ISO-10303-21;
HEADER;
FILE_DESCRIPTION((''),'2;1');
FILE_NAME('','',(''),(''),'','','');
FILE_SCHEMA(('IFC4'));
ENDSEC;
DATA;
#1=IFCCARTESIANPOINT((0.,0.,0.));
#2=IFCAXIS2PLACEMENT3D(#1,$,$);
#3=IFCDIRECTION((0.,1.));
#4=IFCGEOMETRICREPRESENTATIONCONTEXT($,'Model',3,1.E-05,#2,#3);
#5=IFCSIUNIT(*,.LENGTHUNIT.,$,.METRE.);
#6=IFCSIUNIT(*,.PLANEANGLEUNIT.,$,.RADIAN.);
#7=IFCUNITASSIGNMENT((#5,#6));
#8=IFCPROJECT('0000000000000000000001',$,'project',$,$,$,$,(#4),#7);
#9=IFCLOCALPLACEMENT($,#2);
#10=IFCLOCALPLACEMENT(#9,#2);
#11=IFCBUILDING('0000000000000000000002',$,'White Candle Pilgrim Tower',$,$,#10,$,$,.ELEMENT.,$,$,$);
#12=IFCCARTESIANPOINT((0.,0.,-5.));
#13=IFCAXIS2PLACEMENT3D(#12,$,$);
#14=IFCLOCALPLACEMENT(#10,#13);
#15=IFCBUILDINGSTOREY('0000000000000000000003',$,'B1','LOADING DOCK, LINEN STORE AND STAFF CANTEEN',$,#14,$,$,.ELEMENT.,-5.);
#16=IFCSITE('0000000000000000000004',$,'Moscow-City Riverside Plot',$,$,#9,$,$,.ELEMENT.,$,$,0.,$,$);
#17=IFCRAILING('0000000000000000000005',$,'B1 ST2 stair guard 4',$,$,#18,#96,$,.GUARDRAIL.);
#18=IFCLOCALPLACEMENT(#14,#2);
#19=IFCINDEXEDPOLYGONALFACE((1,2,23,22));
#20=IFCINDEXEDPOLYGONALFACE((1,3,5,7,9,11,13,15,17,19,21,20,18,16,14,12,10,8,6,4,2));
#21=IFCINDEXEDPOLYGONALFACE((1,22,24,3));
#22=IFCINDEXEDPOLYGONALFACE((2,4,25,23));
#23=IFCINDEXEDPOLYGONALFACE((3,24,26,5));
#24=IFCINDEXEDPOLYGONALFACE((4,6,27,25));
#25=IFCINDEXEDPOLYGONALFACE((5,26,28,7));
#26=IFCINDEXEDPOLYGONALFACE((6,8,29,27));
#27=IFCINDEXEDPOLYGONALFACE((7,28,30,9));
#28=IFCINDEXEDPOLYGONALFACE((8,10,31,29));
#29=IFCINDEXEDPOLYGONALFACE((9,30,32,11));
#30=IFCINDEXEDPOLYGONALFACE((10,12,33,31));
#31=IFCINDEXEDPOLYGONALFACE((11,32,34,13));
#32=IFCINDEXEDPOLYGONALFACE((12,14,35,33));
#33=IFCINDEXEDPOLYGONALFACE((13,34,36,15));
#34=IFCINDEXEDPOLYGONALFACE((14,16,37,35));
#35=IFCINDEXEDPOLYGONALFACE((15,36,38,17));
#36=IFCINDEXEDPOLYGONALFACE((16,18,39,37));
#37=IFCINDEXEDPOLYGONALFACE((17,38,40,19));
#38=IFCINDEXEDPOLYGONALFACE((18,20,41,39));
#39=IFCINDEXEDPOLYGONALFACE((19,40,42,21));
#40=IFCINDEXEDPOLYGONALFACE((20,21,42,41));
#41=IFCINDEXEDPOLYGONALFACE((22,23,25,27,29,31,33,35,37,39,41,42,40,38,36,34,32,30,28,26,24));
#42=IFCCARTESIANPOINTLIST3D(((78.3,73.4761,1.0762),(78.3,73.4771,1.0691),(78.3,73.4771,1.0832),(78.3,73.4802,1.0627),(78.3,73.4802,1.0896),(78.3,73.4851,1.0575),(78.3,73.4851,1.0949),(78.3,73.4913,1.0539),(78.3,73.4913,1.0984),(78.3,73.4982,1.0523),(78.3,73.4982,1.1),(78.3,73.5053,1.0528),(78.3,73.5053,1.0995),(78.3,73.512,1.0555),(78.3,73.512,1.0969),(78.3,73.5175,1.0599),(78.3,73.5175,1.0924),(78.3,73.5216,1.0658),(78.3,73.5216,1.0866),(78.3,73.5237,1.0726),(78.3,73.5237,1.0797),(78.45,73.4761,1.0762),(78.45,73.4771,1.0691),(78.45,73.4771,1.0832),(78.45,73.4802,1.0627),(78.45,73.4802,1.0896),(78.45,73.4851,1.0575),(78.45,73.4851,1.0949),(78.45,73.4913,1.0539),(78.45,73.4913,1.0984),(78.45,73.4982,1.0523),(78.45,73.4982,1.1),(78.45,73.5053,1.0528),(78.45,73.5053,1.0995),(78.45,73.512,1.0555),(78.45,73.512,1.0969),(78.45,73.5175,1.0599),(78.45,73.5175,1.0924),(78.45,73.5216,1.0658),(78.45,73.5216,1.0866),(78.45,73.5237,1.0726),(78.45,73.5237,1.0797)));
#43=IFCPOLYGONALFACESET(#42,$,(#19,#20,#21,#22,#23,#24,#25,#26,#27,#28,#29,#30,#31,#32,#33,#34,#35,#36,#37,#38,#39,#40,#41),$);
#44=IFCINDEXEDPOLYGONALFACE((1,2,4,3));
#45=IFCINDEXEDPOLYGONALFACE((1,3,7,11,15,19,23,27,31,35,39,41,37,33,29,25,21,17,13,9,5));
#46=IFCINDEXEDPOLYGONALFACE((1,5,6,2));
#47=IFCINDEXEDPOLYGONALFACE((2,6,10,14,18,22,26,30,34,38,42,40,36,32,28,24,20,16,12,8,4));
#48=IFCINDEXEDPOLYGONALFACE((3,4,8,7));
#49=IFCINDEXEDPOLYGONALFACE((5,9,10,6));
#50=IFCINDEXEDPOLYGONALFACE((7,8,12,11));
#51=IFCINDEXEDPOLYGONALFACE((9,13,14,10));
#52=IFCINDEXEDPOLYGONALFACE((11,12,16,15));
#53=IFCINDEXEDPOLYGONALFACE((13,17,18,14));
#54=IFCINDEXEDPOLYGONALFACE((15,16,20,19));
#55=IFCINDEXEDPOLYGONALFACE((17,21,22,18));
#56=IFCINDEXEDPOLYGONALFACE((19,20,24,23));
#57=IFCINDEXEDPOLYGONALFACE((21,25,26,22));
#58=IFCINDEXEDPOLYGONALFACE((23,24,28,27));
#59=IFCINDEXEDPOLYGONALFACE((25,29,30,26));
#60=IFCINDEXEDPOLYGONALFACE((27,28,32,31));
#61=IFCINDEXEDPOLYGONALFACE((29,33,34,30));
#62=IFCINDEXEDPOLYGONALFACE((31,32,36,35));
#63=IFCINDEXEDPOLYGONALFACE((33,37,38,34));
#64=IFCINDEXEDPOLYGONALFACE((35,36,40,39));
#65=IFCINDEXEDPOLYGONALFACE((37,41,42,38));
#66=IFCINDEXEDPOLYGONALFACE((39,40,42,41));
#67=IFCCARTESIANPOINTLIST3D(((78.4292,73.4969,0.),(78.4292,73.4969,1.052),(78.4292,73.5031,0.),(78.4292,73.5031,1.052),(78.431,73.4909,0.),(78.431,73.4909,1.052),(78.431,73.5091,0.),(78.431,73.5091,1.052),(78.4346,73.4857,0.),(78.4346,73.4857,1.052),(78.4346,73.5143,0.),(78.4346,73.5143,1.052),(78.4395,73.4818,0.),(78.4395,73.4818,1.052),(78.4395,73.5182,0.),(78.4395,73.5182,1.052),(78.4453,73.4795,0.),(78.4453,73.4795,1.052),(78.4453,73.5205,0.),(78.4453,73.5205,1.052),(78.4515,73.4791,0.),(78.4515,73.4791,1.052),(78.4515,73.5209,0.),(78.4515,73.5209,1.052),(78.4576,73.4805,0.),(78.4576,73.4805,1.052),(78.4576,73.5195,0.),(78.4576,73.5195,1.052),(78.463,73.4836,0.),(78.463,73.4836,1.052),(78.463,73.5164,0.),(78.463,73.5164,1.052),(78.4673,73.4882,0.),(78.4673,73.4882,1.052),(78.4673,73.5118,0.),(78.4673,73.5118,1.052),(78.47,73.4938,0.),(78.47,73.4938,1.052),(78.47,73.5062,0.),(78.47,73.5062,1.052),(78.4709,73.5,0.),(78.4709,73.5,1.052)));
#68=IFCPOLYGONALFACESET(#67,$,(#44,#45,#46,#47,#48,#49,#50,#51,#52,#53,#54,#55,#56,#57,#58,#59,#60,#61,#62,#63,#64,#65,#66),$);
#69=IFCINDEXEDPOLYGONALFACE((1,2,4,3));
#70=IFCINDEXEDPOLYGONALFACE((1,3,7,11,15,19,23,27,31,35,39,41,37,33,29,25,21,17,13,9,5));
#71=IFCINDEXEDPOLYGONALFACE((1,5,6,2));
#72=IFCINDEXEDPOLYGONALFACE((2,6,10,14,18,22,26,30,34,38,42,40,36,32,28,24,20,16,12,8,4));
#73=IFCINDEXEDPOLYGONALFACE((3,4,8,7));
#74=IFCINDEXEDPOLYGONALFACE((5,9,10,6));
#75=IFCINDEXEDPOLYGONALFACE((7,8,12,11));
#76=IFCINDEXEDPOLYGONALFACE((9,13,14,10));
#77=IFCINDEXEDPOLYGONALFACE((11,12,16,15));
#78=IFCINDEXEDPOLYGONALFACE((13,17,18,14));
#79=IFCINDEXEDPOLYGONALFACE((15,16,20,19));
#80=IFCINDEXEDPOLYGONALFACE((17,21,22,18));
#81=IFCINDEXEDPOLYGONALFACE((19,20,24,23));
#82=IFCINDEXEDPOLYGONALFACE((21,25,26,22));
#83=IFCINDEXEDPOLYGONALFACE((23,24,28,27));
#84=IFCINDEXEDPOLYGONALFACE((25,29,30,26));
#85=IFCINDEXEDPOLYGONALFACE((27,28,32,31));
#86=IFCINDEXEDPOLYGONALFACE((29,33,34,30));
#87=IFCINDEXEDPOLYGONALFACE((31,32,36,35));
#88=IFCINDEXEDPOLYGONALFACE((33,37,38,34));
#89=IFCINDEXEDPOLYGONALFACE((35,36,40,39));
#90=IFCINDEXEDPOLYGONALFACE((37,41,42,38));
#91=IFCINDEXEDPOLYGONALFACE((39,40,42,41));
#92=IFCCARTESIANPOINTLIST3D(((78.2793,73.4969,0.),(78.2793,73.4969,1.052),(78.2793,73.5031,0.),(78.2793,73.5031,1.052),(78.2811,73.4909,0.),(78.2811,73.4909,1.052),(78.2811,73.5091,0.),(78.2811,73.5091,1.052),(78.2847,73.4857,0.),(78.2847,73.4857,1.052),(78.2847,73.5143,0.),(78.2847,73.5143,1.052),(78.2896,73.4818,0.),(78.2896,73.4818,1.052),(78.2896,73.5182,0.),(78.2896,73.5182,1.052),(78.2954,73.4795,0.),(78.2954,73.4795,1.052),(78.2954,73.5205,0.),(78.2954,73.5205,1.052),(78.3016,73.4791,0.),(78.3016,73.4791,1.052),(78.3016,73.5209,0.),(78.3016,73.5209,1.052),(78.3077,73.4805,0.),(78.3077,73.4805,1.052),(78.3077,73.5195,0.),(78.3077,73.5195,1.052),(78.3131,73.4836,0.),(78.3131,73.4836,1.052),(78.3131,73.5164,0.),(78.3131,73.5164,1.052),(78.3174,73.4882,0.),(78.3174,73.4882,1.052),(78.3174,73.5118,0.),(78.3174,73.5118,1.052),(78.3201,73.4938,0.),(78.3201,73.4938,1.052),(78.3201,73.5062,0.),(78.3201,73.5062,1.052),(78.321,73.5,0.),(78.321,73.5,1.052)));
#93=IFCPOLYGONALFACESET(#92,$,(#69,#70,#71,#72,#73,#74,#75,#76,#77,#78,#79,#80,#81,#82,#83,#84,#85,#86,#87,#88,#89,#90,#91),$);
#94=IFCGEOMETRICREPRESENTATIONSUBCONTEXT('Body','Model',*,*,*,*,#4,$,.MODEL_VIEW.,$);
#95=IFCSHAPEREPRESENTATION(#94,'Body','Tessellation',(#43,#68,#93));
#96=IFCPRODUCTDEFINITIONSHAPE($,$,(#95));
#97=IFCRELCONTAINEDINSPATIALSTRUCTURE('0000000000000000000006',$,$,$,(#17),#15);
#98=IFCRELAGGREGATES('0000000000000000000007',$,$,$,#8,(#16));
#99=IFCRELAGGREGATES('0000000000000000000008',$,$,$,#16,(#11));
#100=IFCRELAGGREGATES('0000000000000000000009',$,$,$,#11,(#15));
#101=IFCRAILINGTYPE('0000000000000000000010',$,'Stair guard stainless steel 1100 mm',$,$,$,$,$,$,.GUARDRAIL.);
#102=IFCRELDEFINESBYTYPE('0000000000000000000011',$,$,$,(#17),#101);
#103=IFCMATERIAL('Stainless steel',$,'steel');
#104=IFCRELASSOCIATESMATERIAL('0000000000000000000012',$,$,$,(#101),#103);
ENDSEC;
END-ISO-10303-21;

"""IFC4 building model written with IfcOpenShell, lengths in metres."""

from ifc_helpers import new_model, si_unit, direction, frame, origin, origin_2d, place, context, subcontext, project, spatial, circle, extrude, material, type_object, element, save


model = new_model("IFC4")

# Units and contexts
model_context = context("Model", 3, precision=1e-05, world=origin(), true_north=direction((0.0, 1.0)))
body_context = subcontext(model_context, "Body", "Model", "MODEL_VIEW")
ifc_project = project(units=[si_unit("LENGTHUNIT", "METRE"), si_unit("PLANEANGLEUNIT", "RADIAN")], contexts=[model_context])

# Site, building, storey
site_placement = place(None, origin())
site = spatial("IfcSite", under=ifc_project, at=site_placement, Name="Moscow-City Riverside Plot", CompositionType="ELEMENT", RefElevation=0.0)
building_placement = place(site_placement, origin())
building = spatial("IfcBuilding", under=site, at=building_placement, Name="White Candle Pilgrim Tower", CompositionType="ELEMENT")
storey_placement = place(building_placement, frame((0.0, 0.0, -5.0)))
storey = spatial("IfcBuildingStorey", under=building, at=storey_placement, Name="B1", Description="LOADING DOCK, LINEN STORE AND STAFF CANTEEN", CompositionType="ELEMENT", Elevation=-5.0)

# Railing
ifc_material_1 = material(Name="Stainless steel", Category="steel")
railing_type_1 = type_object("IfcRailingType", Name="Stair guard stainless steel 1100 mm", PredefinedType="GUARDRAIL", material=ifc_material_1)
railing_1_placement = place(storey_placement, frame((78.45, 73.5, 0.0)))
element("IfcRailing", 1, at=railing_1_placement, inside=storey, type_object=railing_type_1, Name="B1 ST2 stair guard 4", PredefinedType="GUARDRAIL", context=body_context, shape_type="SweptSolid", body=[
    extrude(circle(Radius=0.0239, at=origin_2d()), frame((0.0, 0.0, 1.0762), z_axis=(-1.0, 0.0, 0.0), x_axis=(0.0, -1.0, 0.0)), (0.0, 0.0, 1.0), 0.1499),
    extrude(circle(Radius=0.021, at=origin_2d()), origin(), (0.0, 0.0, 1.0), 1.052),
    extrude(circle(Radius=0.021, at=origin_2d()), frame((-0.1499, 0.0, 0.0)), (0.0, 0.0, 1.0), 1.052),
])

save(model, "model.ifc")
